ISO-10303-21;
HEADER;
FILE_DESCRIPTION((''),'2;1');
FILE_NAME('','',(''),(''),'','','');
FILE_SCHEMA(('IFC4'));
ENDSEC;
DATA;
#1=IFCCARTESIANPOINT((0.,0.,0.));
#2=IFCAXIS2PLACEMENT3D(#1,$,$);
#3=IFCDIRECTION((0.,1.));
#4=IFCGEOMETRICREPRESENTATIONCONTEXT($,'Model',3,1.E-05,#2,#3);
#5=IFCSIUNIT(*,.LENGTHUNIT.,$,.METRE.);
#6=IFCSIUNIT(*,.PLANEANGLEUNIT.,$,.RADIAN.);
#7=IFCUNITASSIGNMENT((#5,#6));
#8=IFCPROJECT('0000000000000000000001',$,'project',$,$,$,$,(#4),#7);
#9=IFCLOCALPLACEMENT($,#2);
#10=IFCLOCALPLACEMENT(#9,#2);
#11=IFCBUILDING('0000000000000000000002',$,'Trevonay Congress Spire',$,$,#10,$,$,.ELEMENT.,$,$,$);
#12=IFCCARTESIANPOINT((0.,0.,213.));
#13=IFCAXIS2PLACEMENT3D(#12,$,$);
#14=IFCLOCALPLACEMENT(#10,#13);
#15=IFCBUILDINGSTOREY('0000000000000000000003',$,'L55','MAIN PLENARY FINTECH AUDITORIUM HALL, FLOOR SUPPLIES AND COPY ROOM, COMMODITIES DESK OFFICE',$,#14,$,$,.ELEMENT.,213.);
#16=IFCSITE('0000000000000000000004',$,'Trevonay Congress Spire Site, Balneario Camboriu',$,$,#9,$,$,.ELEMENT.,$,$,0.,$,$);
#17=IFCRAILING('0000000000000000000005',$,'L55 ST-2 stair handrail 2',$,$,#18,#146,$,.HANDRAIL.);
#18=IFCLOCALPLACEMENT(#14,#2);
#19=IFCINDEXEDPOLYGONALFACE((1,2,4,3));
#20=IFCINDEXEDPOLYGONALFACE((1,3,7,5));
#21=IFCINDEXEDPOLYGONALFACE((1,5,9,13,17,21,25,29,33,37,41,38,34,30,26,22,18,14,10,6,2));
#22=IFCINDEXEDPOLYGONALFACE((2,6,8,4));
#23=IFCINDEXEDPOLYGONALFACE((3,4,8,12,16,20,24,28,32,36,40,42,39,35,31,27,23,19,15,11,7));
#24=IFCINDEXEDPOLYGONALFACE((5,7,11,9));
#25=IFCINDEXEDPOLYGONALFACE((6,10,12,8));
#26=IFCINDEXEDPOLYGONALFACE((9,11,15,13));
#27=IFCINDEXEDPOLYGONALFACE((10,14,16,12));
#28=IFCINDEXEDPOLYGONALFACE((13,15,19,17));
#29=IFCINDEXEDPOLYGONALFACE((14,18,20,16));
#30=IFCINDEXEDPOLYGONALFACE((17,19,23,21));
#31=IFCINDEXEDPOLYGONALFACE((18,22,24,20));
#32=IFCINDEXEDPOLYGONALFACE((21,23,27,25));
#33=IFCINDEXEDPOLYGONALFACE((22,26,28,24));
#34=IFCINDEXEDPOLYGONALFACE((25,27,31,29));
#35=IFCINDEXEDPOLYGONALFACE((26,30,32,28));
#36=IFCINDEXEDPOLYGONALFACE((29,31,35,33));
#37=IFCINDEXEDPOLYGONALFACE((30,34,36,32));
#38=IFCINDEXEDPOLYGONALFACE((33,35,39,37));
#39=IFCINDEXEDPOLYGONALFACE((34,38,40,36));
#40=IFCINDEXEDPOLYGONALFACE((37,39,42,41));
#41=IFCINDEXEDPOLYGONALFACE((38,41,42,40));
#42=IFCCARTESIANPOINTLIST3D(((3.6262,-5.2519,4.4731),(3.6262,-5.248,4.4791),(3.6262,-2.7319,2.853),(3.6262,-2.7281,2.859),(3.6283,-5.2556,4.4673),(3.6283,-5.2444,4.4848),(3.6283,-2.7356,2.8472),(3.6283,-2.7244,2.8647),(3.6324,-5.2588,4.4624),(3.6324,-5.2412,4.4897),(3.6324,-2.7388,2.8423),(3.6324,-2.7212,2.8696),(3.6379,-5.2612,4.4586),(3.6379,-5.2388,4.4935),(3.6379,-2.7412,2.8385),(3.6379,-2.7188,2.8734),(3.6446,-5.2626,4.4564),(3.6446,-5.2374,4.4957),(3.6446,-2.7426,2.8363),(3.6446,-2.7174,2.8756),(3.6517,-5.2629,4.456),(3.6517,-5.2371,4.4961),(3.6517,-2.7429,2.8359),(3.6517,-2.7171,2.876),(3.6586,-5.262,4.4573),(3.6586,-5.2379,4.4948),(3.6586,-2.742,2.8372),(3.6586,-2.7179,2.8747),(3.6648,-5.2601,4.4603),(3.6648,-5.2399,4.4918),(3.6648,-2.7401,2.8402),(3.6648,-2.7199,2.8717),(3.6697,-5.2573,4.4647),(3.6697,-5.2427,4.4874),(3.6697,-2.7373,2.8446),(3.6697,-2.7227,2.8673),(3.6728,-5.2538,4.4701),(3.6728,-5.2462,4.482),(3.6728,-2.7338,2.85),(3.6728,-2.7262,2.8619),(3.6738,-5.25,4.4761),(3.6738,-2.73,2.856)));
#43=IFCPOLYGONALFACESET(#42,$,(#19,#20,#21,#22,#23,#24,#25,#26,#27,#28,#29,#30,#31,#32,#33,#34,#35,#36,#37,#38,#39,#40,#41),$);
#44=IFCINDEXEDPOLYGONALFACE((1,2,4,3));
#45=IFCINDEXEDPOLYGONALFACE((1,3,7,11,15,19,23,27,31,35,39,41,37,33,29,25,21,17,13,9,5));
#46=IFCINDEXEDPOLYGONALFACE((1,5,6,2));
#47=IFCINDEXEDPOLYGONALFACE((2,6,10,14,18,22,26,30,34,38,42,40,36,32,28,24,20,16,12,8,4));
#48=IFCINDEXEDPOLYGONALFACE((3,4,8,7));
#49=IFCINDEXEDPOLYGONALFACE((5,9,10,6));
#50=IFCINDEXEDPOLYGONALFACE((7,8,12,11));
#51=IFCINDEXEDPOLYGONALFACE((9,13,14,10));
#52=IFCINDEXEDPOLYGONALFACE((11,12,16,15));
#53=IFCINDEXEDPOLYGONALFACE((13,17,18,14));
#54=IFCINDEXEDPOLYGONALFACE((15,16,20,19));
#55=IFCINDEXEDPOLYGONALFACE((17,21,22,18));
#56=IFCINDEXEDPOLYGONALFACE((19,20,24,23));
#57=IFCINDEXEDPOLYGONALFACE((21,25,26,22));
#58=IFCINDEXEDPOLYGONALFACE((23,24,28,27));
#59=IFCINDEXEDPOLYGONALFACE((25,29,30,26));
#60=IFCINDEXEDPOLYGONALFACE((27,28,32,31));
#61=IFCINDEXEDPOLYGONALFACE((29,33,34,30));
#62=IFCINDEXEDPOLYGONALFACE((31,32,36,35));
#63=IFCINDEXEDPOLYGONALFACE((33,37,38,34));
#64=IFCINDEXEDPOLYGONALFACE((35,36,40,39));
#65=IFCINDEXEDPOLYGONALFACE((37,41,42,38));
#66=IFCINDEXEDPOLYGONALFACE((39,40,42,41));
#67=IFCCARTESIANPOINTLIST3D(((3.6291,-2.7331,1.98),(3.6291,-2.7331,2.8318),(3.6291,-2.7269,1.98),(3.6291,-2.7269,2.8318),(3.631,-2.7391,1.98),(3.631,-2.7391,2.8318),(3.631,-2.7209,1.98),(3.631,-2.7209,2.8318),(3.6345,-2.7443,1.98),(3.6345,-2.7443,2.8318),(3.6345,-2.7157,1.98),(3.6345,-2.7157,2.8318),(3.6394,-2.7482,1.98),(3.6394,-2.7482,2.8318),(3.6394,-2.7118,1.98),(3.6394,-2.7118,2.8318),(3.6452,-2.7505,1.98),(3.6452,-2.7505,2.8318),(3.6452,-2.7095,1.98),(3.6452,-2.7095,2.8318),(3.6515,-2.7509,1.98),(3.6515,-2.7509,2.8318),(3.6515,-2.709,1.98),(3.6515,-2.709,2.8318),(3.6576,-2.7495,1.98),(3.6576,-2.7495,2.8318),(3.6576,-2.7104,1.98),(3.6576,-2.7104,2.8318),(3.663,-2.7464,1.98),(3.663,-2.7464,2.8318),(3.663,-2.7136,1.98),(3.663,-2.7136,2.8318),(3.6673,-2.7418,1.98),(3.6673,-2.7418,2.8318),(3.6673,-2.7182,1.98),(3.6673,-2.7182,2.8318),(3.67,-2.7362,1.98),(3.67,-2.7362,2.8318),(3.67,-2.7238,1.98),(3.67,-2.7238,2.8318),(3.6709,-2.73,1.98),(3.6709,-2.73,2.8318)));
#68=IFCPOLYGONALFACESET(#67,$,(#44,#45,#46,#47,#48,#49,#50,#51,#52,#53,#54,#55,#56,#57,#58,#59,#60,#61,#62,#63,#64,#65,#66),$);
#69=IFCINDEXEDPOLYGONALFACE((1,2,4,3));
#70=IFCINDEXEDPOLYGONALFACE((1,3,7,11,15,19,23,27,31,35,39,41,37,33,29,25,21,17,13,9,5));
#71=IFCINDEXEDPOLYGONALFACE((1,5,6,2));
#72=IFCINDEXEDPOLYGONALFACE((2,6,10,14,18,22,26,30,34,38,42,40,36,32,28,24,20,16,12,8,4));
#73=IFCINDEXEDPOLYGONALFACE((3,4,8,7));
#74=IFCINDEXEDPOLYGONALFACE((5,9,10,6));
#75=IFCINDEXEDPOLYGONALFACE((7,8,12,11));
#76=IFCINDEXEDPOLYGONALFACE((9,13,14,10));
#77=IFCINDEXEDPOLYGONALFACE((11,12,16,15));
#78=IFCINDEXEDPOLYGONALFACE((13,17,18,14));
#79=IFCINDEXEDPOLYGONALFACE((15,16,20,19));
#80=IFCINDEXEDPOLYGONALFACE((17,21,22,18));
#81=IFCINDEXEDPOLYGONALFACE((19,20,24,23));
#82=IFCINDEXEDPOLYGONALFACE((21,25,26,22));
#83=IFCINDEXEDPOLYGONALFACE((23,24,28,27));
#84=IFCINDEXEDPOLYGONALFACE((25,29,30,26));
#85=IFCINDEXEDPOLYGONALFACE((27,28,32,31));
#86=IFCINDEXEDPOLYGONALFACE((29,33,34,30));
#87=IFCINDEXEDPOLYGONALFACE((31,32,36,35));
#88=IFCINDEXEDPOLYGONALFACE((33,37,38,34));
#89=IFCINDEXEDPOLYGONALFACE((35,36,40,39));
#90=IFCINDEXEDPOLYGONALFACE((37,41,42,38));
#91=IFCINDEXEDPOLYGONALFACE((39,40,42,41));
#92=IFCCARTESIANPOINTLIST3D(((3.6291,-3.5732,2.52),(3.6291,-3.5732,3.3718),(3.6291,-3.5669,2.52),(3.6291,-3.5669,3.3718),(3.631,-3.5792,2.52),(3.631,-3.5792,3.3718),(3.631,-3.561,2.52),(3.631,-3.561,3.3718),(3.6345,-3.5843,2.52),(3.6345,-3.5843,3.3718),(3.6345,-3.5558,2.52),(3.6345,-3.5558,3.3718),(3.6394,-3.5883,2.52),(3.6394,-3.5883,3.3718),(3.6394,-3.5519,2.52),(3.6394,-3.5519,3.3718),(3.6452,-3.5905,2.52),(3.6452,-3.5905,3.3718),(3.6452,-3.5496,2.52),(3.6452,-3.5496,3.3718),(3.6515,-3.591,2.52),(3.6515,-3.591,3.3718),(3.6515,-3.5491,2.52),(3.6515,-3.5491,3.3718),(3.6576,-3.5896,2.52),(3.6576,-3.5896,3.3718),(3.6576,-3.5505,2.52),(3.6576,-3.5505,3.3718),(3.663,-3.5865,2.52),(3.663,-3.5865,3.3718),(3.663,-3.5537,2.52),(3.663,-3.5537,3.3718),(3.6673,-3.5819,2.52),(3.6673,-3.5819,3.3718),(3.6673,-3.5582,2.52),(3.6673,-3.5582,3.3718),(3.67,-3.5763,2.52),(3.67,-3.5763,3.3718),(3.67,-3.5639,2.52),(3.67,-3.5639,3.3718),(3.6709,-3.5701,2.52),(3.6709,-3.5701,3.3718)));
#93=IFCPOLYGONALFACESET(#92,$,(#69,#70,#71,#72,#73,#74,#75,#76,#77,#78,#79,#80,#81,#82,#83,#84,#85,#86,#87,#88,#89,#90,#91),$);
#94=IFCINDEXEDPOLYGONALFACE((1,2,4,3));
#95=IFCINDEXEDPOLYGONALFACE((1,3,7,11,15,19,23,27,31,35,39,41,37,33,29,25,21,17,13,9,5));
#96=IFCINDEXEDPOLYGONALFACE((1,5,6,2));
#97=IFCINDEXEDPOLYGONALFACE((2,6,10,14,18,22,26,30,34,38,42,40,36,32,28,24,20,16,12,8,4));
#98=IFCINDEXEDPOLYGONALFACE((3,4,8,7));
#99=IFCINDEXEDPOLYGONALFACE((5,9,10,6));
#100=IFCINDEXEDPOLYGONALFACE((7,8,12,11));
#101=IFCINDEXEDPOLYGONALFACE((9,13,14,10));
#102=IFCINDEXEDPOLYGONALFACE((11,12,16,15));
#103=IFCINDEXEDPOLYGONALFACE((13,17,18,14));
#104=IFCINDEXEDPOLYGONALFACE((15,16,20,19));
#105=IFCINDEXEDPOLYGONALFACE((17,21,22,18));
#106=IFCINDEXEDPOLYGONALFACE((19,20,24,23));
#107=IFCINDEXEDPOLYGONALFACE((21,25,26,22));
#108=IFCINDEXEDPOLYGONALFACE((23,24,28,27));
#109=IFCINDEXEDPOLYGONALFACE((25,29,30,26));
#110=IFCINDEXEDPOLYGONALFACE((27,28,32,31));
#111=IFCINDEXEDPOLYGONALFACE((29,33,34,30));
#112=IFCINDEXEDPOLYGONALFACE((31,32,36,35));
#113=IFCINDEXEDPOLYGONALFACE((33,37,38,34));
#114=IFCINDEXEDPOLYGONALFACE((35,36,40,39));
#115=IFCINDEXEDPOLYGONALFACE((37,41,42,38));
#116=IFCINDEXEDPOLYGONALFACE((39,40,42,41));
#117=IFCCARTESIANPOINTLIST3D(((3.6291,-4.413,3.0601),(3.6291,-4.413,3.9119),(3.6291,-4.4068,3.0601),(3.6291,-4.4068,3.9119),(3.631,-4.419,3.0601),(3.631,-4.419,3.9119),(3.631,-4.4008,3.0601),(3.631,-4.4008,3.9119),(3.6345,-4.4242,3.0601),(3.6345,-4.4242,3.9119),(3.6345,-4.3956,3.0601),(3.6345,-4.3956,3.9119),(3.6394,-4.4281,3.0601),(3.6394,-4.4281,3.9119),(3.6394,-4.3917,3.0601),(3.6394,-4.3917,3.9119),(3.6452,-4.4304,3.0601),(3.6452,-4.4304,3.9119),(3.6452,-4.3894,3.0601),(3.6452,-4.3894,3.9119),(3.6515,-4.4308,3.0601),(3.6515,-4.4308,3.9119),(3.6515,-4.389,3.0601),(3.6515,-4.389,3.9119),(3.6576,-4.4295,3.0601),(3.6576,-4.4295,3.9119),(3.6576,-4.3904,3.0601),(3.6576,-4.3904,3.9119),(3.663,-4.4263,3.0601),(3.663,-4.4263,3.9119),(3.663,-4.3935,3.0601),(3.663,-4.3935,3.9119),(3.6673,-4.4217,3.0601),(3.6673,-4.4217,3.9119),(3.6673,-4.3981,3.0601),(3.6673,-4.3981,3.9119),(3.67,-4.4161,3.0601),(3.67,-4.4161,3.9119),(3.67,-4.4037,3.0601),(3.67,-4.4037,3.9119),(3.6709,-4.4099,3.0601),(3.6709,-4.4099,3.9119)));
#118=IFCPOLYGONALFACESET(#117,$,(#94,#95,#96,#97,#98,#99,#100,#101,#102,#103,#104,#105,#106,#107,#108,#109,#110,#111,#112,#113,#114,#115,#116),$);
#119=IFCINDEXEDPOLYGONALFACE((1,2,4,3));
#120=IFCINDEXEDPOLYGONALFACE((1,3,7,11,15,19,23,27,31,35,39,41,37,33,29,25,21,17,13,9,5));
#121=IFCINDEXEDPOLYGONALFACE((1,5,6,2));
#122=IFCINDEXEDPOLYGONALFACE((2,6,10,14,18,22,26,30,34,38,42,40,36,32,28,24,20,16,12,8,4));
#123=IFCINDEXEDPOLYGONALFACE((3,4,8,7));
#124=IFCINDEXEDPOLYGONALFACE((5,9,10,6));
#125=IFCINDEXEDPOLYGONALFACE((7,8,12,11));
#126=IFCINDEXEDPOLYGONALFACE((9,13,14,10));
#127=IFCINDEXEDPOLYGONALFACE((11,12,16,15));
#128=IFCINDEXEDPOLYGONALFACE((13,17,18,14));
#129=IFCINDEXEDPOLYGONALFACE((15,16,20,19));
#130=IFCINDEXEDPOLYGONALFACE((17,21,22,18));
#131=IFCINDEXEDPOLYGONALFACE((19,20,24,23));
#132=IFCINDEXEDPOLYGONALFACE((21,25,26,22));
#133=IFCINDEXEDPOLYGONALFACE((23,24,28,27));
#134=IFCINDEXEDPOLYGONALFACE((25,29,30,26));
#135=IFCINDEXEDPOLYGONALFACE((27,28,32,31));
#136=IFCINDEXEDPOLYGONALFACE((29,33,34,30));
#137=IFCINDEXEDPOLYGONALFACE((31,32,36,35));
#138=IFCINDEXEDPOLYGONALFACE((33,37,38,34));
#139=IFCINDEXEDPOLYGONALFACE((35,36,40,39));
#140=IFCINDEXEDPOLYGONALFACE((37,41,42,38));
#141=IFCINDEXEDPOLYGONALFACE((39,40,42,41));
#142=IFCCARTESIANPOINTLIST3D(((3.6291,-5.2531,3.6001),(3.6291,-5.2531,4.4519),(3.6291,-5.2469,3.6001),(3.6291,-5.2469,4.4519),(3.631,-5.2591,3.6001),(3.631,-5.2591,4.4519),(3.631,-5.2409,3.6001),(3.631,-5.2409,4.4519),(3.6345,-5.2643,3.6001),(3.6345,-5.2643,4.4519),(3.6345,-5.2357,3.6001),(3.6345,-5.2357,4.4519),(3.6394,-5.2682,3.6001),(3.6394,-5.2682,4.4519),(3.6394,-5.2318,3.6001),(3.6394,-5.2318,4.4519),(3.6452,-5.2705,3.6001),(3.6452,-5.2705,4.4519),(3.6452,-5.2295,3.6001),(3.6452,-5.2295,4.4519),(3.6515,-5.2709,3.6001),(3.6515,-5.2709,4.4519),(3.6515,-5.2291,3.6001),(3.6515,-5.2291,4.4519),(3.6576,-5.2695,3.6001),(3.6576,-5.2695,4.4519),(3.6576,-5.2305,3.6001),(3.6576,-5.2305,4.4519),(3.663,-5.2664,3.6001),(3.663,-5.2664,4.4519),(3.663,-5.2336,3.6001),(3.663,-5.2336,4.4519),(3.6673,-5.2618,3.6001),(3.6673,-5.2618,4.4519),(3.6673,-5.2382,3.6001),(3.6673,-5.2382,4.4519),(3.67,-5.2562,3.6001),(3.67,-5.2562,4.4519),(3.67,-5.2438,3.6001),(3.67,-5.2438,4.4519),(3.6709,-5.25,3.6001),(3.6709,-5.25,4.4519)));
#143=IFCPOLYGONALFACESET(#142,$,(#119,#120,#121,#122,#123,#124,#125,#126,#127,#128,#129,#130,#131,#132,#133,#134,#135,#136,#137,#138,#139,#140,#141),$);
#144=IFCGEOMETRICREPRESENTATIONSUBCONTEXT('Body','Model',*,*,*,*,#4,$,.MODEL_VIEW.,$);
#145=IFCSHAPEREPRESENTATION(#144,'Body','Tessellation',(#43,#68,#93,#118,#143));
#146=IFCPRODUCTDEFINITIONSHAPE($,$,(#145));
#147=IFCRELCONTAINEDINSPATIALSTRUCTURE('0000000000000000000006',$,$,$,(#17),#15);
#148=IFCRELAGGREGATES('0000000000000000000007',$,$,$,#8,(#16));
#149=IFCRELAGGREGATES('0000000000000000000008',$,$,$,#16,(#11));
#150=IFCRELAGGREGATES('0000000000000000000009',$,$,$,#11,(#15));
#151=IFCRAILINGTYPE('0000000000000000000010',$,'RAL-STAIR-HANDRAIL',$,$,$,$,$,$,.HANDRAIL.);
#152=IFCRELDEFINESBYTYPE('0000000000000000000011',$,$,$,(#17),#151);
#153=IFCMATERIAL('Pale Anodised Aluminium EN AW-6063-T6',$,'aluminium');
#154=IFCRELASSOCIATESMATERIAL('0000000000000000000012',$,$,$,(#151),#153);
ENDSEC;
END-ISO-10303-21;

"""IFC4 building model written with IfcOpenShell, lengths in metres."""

from ifc_helpers import new_model, si_unit, direction, frame, origin, origin_2d, place, context, subcontext, project, spatial, circle, extrude, material, type_object, element, save


model = new_model("IFC4")

# Units and contexts
model_context = context("Model", 3, precision=1e-05, world=origin(), true_north=direction((0.0, 1.0)))
body_context = subcontext(model_context, "Body", "Model", "MODEL_VIEW")
ifc_project = project(units=[si_unit("LENGTHUNIT", "METRE"), si_unit("PLANEANGLEUNIT", "RADIAN")], contexts=[model_context])

# Site, building, storey
site_placement = place(None, origin())
site = spatial("IfcSite", under=ifc_project, at=site_placement, Name="Trevonay Congress Spire Site, Balneario Camboriu", CompositionType="ELEMENT", RefElevation=0.0)
building_placement = place(site_placement, origin())
building = spatial("IfcBuilding", under=site, at=building_placement, Name="Trevonay Congress Spire", CompositionType="ELEMENT")
storey_placement = place(building_placement, frame((0.0, 0.0, 213.0)))
storey = spatial("IfcBuildingStorey", under=building, at=storey_placement, Name="L55", Description="MAIN PLENARY FINTECH AUDITORIUM HALL, FLOOR SUPPLIES AND COPY ROOM, COMMODITIES DESK OFFICE", CompositionType="ELEMENT", Elevation=213.0)

# Railing
ifc_material_1 = material(Name="Pale Anodised Aluminium EN AW-6063-T6", Category="aluminium")
railing_type_1 = type_object("IfcRailingType", Name="RAL-STAIR-HANDRAIL", PredefinedType="HANDRAIL", material=ifc_material_1)
railing_1_placement = place(storey_placement, frame((3.6499, -2.73, 1.98)))
element("IfcRailing", 1, at=railing_1_placement, inside=storey, type_object=railing_type_1, Name="L55 ST-2 stair handrail 2", PredefinedType="HANDRAIL", context=body_context, shape_type="SweptSolid", body=[
    extrude(circle(Radius=0.0239, at=origin_2d()), frame((0.0, 0.0, 0.876), z_axis=(0.0, -0.841163, 0.540782), x_axis=(1.0, 0.0, 0.0)), (0.0, 0.0, 1.0), 2.9958),
    extrude(circle(Radius=0.021, at=origin_2d()), origin(), (0.0, 0.0, 1.0), 0.8518),
    extrude(circle(Radius=0.021, at=origin_2d()), frame((0.0, -0.8401, 0.54)), (0.0, 0.0, 1.0), 0.8518),
    extrude(circle(Radius=0.021, at=origin_2d()), frame((0.0, -1.6799, 1.0801)), (0.0, 0.0, 1.0), 0.8518),
    extrude(circle(Radius=0.021, at=origin_2d()), frame((0.0, -2.52, 1.6201)), (0.0, 0.0, 1.0), 0.8518),
])

save(model, "model.ifc")
